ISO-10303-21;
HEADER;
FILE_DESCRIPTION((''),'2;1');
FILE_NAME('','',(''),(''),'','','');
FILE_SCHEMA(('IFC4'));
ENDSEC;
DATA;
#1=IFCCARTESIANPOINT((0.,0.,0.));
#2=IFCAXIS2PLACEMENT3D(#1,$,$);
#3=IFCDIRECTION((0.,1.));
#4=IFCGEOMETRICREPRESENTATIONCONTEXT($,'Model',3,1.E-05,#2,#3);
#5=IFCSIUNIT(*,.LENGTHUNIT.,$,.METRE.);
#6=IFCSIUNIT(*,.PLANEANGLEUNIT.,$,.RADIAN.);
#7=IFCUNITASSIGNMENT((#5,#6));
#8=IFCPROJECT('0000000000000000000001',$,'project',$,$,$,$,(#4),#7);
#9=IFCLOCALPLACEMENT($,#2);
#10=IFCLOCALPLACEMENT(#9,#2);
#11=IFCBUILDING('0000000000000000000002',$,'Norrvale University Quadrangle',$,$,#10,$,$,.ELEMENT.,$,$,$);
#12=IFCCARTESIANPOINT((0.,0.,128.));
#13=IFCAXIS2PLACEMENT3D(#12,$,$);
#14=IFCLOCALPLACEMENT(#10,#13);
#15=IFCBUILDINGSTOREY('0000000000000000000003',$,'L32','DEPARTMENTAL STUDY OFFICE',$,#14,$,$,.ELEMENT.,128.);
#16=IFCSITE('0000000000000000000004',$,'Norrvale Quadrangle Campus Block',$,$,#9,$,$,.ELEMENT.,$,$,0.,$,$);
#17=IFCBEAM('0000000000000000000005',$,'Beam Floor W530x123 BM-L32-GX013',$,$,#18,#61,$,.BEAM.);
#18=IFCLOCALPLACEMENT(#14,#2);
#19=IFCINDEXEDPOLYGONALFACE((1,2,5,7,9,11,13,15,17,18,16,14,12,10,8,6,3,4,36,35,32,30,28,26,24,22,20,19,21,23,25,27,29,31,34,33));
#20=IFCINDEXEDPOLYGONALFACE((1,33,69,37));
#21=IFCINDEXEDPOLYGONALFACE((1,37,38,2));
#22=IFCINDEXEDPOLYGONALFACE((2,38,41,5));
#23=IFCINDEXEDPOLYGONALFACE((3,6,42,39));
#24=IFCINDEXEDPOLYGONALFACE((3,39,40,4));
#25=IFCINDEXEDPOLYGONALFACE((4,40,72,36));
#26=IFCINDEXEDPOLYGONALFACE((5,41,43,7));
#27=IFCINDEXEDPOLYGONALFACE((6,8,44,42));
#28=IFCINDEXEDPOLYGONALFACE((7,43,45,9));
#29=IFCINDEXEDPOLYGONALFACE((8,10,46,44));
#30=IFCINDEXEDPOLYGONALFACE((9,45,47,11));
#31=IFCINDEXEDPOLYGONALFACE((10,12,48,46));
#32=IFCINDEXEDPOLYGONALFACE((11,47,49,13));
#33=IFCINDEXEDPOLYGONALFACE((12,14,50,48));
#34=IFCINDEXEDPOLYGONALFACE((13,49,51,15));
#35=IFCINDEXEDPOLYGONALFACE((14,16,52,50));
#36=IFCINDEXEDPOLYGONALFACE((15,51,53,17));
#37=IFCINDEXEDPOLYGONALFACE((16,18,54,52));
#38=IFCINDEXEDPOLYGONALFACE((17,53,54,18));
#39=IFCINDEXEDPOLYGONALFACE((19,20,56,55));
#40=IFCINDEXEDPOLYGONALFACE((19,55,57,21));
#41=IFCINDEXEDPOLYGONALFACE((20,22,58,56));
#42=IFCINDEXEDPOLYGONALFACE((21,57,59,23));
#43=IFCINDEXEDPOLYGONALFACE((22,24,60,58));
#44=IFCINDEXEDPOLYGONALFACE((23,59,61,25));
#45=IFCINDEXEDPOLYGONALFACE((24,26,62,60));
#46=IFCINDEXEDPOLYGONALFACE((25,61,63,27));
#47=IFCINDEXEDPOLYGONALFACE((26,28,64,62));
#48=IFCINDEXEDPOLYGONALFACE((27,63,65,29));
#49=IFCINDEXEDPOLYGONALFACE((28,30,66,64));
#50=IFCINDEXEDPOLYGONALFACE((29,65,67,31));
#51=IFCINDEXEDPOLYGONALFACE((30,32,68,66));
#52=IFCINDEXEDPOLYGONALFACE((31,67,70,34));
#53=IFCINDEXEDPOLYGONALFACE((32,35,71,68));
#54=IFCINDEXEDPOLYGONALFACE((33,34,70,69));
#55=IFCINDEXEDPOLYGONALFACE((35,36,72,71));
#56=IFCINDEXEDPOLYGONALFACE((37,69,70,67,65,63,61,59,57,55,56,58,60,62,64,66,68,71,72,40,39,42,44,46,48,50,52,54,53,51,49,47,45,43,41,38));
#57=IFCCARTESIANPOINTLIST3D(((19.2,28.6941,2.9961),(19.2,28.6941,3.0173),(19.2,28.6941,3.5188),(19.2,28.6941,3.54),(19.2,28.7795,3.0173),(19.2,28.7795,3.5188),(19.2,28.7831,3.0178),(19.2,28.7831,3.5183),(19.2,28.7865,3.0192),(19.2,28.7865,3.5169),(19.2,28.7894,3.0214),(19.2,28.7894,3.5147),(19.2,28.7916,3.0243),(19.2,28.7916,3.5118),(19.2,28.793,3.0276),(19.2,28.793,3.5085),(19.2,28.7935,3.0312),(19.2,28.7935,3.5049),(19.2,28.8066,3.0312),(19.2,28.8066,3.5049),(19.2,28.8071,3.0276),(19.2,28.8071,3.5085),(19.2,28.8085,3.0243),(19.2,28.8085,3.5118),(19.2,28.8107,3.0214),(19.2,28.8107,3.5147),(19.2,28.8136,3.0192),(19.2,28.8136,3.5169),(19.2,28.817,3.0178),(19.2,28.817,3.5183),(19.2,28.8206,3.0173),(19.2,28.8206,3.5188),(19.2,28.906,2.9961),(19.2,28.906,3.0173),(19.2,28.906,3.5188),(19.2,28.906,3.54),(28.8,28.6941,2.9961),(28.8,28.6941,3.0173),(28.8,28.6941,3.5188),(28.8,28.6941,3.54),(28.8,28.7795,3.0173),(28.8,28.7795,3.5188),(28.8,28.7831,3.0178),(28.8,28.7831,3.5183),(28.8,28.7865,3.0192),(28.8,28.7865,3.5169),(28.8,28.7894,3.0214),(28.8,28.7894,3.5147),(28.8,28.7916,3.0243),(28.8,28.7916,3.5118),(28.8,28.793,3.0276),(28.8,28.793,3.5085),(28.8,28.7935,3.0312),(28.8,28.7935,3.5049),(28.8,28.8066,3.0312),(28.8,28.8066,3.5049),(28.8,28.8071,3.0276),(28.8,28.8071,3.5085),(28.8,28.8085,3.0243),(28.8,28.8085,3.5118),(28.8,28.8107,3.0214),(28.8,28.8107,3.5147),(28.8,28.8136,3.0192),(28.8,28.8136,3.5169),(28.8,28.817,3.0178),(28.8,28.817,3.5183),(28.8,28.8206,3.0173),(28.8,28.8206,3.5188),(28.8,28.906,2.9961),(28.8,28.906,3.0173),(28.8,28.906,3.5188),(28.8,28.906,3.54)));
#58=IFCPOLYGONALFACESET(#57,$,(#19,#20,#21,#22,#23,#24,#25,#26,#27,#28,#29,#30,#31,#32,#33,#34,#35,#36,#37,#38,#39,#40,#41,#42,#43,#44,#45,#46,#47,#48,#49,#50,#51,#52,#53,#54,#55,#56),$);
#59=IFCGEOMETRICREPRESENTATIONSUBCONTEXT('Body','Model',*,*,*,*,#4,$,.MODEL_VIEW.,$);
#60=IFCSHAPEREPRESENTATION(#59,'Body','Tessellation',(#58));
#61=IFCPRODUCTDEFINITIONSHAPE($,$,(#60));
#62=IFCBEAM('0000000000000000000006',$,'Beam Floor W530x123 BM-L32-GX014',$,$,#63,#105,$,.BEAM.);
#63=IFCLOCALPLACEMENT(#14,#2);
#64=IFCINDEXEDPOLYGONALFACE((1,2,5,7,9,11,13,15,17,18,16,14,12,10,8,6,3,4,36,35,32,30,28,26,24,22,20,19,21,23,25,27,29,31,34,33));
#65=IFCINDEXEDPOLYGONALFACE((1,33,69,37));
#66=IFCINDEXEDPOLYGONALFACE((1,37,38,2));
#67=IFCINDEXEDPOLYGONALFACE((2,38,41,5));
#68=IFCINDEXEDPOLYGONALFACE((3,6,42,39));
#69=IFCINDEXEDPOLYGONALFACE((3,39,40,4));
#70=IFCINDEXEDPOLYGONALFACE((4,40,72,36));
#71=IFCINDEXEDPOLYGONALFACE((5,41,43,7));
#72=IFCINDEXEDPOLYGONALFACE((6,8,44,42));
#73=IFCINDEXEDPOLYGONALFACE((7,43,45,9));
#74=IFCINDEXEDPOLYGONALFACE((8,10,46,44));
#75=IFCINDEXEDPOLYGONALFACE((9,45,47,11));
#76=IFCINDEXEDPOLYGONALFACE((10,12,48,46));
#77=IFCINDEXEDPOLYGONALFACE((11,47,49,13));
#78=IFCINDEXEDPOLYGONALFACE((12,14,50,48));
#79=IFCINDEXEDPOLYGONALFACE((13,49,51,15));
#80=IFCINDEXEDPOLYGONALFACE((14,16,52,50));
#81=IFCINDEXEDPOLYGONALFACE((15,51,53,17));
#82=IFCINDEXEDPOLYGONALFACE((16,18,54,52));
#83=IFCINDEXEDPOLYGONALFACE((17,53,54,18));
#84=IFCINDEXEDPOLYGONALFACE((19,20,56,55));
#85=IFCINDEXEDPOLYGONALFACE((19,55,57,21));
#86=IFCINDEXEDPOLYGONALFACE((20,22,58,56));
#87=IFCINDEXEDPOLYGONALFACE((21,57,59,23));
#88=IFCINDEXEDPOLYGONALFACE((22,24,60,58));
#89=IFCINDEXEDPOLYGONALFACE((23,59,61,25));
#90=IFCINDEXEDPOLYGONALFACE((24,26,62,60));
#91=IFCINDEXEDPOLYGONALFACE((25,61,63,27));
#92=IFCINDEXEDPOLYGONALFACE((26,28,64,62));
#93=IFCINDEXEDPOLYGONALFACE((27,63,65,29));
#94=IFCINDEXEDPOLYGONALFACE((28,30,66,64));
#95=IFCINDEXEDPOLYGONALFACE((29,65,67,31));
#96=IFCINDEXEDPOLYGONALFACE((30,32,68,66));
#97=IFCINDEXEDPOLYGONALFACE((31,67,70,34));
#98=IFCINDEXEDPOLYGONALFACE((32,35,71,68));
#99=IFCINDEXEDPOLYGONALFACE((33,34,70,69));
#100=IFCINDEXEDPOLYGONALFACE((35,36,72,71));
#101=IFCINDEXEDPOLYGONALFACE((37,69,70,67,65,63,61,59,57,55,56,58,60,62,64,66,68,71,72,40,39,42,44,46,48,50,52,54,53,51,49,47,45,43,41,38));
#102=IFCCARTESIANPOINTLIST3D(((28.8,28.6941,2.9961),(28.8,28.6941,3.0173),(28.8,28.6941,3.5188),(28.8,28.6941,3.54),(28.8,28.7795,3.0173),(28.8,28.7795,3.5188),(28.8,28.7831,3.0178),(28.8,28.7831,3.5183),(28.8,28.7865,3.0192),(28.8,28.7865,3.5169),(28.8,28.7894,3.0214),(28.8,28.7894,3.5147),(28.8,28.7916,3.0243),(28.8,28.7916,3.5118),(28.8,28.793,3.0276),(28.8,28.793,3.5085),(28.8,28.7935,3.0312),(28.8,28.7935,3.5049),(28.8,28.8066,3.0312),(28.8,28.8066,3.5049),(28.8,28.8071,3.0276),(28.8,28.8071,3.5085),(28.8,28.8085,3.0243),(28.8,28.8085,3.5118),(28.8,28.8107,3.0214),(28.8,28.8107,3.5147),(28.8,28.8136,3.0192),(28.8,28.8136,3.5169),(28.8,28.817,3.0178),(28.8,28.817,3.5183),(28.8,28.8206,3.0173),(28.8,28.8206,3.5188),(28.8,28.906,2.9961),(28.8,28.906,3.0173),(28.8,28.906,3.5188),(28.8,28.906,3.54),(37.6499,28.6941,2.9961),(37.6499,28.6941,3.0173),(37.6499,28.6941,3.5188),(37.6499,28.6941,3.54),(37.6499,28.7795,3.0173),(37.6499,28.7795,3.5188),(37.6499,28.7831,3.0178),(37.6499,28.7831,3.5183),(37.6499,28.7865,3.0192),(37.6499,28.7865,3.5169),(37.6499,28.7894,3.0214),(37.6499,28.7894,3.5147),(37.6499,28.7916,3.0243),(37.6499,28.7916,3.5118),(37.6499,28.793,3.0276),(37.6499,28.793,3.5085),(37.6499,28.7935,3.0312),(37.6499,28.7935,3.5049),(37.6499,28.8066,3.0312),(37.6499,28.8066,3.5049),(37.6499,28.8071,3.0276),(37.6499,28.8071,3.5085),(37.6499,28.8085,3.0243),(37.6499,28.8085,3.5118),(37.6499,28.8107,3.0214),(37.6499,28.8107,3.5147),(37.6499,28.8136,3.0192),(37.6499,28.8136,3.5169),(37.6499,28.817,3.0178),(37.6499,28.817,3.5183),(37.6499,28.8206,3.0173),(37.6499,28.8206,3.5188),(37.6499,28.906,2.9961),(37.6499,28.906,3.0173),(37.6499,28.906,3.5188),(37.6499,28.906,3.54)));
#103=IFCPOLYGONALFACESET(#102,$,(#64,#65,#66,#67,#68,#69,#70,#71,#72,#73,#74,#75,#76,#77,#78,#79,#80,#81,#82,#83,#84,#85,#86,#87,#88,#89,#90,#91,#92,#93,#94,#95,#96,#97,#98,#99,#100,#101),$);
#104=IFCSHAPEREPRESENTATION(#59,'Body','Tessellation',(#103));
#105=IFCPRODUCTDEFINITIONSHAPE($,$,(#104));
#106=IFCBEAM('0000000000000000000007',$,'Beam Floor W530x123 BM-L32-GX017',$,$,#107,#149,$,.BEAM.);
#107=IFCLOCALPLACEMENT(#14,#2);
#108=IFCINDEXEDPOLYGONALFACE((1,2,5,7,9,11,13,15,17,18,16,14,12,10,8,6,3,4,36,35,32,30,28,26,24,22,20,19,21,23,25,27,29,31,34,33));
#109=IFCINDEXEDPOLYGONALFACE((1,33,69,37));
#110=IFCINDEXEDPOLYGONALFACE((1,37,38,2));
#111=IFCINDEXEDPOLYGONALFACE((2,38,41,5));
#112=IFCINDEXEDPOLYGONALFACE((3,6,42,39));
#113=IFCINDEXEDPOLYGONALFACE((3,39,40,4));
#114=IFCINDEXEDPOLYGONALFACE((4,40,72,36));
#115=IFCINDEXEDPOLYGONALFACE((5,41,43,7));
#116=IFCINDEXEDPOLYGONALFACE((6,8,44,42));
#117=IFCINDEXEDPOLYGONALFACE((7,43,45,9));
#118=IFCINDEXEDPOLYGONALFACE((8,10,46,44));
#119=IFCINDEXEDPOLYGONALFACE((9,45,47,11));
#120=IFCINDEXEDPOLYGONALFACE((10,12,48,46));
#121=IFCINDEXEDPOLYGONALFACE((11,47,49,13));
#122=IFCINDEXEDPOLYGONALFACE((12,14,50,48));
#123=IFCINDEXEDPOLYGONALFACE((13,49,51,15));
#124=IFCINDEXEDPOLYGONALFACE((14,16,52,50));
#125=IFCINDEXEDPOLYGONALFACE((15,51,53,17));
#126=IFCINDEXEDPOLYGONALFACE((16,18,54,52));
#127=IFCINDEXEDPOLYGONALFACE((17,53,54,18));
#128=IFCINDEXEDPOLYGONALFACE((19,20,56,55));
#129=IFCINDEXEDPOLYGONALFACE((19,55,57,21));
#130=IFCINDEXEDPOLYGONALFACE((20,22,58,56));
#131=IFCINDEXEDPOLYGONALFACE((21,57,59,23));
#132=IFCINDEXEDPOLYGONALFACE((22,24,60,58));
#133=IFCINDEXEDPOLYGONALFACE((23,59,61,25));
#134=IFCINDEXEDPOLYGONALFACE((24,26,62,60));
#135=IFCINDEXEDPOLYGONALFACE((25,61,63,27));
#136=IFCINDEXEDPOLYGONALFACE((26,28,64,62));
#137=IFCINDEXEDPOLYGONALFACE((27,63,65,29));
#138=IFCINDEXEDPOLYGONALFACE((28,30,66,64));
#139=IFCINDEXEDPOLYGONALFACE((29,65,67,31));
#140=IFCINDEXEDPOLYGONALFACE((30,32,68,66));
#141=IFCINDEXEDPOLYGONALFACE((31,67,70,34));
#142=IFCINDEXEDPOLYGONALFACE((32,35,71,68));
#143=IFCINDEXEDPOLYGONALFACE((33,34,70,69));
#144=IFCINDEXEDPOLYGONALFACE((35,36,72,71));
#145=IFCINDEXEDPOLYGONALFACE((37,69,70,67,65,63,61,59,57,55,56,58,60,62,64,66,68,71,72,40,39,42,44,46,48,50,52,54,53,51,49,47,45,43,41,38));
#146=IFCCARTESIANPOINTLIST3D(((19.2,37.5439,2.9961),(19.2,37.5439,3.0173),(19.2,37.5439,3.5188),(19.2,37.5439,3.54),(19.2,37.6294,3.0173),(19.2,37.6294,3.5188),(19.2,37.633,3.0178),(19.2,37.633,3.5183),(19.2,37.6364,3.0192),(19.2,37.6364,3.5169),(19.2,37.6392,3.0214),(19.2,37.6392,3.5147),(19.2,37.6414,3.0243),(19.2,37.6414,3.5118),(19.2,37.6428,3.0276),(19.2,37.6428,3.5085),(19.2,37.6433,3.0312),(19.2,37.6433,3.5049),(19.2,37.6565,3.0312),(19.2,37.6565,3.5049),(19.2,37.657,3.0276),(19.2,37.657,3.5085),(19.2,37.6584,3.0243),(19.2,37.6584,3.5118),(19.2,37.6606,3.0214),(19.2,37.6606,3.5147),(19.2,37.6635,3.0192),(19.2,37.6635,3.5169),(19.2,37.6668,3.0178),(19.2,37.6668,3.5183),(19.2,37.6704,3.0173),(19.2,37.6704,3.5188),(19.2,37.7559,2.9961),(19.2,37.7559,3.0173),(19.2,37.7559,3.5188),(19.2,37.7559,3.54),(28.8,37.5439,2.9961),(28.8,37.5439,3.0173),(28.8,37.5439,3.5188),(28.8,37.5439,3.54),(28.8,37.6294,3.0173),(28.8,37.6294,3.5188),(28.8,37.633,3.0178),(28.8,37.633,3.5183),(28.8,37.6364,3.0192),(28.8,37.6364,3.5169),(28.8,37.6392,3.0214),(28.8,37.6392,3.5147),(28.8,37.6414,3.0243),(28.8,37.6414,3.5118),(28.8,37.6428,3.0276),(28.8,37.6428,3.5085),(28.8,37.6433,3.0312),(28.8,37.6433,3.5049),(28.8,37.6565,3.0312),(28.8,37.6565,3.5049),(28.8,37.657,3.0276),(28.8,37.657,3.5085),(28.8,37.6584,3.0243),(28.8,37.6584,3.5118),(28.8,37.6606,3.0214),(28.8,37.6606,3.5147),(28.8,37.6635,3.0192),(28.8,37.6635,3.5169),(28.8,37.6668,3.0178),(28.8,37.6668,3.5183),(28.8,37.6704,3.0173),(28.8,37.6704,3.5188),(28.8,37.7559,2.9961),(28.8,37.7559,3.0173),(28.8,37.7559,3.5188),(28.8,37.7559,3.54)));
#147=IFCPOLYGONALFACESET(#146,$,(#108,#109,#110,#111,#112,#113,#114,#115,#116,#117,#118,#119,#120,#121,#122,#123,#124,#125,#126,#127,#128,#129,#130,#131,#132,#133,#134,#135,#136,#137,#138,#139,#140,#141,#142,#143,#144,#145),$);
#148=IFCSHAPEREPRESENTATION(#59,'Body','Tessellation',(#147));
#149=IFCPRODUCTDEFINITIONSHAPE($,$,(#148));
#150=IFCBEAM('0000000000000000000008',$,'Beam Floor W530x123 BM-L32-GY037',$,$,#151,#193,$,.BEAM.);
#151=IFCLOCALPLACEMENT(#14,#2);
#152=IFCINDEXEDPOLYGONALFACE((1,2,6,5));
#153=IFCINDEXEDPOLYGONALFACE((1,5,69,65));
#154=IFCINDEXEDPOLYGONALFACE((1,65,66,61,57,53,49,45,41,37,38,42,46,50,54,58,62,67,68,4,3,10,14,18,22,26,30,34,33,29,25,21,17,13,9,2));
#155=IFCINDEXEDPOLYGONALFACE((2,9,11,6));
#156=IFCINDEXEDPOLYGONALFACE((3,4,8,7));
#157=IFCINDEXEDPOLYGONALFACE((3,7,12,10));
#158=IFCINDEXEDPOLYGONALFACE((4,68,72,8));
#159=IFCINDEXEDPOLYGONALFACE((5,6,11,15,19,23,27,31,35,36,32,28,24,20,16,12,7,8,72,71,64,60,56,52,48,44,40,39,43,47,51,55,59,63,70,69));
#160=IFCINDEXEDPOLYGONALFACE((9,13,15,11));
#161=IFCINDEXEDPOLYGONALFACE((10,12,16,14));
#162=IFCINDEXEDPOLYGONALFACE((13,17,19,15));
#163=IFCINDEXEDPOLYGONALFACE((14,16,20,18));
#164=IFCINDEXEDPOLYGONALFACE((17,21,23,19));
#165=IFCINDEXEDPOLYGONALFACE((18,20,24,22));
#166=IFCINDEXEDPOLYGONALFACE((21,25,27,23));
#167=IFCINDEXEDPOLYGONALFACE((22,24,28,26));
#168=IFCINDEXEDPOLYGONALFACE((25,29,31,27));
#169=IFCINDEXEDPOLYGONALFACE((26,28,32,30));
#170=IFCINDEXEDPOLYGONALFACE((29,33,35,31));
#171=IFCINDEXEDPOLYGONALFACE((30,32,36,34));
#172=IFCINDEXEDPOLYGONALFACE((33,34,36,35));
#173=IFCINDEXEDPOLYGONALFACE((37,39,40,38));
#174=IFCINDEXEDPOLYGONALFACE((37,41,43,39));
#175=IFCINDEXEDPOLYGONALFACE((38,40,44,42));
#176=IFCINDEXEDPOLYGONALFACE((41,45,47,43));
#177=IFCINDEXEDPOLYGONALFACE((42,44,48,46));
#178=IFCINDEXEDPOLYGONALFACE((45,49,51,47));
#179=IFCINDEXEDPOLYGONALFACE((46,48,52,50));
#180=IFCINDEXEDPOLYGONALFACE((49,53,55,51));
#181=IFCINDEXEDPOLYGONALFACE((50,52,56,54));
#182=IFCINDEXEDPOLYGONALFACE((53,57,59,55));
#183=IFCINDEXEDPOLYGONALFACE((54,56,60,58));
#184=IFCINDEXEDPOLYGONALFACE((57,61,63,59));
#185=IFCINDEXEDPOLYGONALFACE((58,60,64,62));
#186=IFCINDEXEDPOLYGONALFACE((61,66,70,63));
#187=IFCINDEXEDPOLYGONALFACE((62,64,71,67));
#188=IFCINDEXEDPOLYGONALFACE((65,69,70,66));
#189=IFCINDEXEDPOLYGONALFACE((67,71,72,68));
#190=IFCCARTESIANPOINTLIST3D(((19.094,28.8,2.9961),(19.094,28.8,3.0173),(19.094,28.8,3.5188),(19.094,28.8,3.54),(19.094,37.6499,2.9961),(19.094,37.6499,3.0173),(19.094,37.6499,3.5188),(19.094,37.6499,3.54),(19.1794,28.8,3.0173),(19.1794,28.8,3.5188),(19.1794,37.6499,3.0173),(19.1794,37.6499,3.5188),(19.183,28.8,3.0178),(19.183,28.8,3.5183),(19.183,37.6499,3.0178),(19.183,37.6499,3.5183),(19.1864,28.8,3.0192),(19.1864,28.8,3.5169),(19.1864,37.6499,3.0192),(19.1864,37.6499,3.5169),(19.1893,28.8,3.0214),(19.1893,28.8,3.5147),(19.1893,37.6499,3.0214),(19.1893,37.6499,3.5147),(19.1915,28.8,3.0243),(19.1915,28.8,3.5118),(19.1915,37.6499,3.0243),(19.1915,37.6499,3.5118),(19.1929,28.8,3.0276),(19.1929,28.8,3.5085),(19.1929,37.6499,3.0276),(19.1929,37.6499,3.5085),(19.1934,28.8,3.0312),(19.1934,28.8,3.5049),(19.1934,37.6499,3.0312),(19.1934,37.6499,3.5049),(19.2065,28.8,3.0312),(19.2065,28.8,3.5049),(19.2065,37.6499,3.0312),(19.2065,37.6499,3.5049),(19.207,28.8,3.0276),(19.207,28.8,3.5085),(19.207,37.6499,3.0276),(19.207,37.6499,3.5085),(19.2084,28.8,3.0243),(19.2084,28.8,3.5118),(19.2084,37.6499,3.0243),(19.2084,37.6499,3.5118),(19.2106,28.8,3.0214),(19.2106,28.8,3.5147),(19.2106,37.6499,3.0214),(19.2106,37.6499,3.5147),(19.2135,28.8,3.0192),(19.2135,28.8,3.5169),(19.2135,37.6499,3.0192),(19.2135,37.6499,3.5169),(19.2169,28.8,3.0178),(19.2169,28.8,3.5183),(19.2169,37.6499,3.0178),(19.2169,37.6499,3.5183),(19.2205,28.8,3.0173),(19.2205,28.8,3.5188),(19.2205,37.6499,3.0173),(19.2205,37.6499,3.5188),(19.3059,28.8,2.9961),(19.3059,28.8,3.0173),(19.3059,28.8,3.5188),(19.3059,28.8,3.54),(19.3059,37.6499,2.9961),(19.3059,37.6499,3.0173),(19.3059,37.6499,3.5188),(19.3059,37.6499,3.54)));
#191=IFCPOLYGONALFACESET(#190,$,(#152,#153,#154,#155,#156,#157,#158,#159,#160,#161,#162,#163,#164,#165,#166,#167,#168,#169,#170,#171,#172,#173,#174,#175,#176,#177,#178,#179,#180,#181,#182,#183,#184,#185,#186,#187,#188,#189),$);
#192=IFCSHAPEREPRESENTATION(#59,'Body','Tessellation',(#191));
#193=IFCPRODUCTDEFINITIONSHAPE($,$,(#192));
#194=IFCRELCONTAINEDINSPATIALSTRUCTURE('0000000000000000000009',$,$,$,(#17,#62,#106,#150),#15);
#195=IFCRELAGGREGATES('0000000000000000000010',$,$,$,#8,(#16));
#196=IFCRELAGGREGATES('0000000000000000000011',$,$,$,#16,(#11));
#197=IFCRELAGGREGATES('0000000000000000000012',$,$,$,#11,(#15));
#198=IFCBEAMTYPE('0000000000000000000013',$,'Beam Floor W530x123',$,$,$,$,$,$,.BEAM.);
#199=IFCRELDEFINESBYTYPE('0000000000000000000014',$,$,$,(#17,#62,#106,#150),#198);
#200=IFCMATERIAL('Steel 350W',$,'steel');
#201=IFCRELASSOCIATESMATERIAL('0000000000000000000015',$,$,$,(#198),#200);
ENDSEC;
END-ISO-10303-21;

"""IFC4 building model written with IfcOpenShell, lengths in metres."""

from ifc_helpers import new_model, si_unit, direction, frame, origin, origin_2d, place, context, subcontext, project, spatial, i_section, extrude, material, material_profile, profile_set, type_object, element, save


model = new_model("IFC4")

# Units and contexts
model_context = context("Model", 3, precision=1e-05, world=origin(), true_north=direction((0.0, 1.0)))
body_context = subcontext(model_context, "Body", "Model", "MODEL_VIEW")
ifc_project = project(units=[si_unit("LENGTHUNIT", "METRE"), si_unit("PLANEANGLEUNIT", "RADIAN")], contexts=[model_context])

# Site, building, storey
site_placement = place(None, origin())
site = spatial("IfcSite", under=ifc_project, at=site_placement, Name="Norrvale Quadrangle Campus Block", CompositionType="ELEMENT", RefElevation=0.0)
building_placement = place(site_placement, origin())
building = spatial("IfcBuilding", under=site, at=building_placement, Name="Norrvale University Quadrangle", CompositionType="ELEMENT")
storey_placement = place(building_placement, frame((0.0, 0.0, 128.0)))
storey = spatial("IfcBuildingStorey", under=building, at=storey_placement, Name="L32", Description="DEPARTMENTAL STUDY OFFICE", CompositionType="ELEMENT", Elevation=128.0)

# Beams
ifc_material_1 = material(Name="Steel 350W", Category="steel")
ifc_material_profile_1 = material_profile(ifc_material_1, i_section(OverallWidth=0.2119, OverallDepth=0.5439, WebThickness=0.0132, FlangeThickness=0.0212, FilletRadius=0.0139, at=origin_2d()), Name="Steel 350W")
ifc_profile_set_1 = profile_set([ifc_material_profile_1], Name="Steel 350W")
beam_type_1 = type_object("IfcBeamType", Name="Beam Floor W530x123", PredefinedType="BEAM", material=ifc_profile_set_1)
beam_1_placement = place(storey_placement, frame((19.2, 28.8, 3.2681), z_axis=(1.0, 0.0, 0.0), x_axis=(0.0, 1.0, 0.0)))
element("IfcBeam", 1, at=beam_1_placement, inside=storey, type_object=beam_type_1, Name="Beam Floor W530x123 BM-L32-GX013", PredefinedType="BEAM", context=body_context, shape_type="SweptSolid", body=[
    extrude(i_section(OverallWidth=0.2119, OverallDepth=0.5439, WebThickness=0.0132, FlangeThickness=0.0212, FilletRadius=0.0139, at=origin_2d()), origin(), (0.0, 0.0, 1.0), 9.6001),
])
beam_2_placement = place(storey_placement, frame((28.8, 28.8, 3.2681), z_axis=(1.0, 0.0, 0.0), x_axis=(0.0, 1.0, 0.0)))
element("IfcBeam", 2, at=beam_2_placement, inside=storey, type_object=beam_type_1, Name="Beam Floor W530x123 BM-L32-GX014", PredefinedType="BEAM", context=body_context, shape_type="SweptSolid", body=[
    extrude(i_section(OverallWidth=0.2119, OverallDepth=0.5439, WebThickness=0.0132, FlangeThickness=0.0212, FilletRadius=0.0139, at=origin_2d()), origin(), (0.0, 0.0, 1.0), 8.8499),
])
beam_3_placement = place(storey_placement, frame((19.2, 37.6499, 3.2681), z_axis=(1.0, 0.0, 0.0), x_axis=(0.0, 1.0, 0.0)))
element("IfcBeam", 3, at=beam_3_placement, inside=storey, type_object=beam_type_1, Name="Beam Floor W530x123 BM-L32-GX017", PredefinedType="BEAM", context=body_context, shape_type="SweptSolid", body=[
    extrude(i_section(OverallWidth=0.2119, OverallDepth=0.5439, WebThickness=0.0132, FlangeThickness=0.0212, FilletRadius=0.0139, at=origin_2d()), origin(), (0.0, 0.0, 1.0), 9.6001),
])
beam_4_placement = place(storey_placement, frame((19.2, 28.8, 3.2681), z_axis=(0.0, 1.0, 0.0), x_axis=(-1.0, 0.0, 0.0)))
element("IfcBeam", 4, at=beam_4_placement, inside=storey, type_object=beam_type_1, Name="Beam Floor W530x123 BM-L32-GY037", PredefinedType="BEAM", context=body_context, shape_type="SweptSolid", body=[
    extrude(i_section(OverallWidth=0.2119, OverallDepth=0.5439, WebThickness=0.0132, FlangeThickness=0.0212, FilletRadius=0.0139, at=origin_2d()), origin(), (0.0, 0.0, 1.0), 8.8499),
])

save(model, "model.ifc")
